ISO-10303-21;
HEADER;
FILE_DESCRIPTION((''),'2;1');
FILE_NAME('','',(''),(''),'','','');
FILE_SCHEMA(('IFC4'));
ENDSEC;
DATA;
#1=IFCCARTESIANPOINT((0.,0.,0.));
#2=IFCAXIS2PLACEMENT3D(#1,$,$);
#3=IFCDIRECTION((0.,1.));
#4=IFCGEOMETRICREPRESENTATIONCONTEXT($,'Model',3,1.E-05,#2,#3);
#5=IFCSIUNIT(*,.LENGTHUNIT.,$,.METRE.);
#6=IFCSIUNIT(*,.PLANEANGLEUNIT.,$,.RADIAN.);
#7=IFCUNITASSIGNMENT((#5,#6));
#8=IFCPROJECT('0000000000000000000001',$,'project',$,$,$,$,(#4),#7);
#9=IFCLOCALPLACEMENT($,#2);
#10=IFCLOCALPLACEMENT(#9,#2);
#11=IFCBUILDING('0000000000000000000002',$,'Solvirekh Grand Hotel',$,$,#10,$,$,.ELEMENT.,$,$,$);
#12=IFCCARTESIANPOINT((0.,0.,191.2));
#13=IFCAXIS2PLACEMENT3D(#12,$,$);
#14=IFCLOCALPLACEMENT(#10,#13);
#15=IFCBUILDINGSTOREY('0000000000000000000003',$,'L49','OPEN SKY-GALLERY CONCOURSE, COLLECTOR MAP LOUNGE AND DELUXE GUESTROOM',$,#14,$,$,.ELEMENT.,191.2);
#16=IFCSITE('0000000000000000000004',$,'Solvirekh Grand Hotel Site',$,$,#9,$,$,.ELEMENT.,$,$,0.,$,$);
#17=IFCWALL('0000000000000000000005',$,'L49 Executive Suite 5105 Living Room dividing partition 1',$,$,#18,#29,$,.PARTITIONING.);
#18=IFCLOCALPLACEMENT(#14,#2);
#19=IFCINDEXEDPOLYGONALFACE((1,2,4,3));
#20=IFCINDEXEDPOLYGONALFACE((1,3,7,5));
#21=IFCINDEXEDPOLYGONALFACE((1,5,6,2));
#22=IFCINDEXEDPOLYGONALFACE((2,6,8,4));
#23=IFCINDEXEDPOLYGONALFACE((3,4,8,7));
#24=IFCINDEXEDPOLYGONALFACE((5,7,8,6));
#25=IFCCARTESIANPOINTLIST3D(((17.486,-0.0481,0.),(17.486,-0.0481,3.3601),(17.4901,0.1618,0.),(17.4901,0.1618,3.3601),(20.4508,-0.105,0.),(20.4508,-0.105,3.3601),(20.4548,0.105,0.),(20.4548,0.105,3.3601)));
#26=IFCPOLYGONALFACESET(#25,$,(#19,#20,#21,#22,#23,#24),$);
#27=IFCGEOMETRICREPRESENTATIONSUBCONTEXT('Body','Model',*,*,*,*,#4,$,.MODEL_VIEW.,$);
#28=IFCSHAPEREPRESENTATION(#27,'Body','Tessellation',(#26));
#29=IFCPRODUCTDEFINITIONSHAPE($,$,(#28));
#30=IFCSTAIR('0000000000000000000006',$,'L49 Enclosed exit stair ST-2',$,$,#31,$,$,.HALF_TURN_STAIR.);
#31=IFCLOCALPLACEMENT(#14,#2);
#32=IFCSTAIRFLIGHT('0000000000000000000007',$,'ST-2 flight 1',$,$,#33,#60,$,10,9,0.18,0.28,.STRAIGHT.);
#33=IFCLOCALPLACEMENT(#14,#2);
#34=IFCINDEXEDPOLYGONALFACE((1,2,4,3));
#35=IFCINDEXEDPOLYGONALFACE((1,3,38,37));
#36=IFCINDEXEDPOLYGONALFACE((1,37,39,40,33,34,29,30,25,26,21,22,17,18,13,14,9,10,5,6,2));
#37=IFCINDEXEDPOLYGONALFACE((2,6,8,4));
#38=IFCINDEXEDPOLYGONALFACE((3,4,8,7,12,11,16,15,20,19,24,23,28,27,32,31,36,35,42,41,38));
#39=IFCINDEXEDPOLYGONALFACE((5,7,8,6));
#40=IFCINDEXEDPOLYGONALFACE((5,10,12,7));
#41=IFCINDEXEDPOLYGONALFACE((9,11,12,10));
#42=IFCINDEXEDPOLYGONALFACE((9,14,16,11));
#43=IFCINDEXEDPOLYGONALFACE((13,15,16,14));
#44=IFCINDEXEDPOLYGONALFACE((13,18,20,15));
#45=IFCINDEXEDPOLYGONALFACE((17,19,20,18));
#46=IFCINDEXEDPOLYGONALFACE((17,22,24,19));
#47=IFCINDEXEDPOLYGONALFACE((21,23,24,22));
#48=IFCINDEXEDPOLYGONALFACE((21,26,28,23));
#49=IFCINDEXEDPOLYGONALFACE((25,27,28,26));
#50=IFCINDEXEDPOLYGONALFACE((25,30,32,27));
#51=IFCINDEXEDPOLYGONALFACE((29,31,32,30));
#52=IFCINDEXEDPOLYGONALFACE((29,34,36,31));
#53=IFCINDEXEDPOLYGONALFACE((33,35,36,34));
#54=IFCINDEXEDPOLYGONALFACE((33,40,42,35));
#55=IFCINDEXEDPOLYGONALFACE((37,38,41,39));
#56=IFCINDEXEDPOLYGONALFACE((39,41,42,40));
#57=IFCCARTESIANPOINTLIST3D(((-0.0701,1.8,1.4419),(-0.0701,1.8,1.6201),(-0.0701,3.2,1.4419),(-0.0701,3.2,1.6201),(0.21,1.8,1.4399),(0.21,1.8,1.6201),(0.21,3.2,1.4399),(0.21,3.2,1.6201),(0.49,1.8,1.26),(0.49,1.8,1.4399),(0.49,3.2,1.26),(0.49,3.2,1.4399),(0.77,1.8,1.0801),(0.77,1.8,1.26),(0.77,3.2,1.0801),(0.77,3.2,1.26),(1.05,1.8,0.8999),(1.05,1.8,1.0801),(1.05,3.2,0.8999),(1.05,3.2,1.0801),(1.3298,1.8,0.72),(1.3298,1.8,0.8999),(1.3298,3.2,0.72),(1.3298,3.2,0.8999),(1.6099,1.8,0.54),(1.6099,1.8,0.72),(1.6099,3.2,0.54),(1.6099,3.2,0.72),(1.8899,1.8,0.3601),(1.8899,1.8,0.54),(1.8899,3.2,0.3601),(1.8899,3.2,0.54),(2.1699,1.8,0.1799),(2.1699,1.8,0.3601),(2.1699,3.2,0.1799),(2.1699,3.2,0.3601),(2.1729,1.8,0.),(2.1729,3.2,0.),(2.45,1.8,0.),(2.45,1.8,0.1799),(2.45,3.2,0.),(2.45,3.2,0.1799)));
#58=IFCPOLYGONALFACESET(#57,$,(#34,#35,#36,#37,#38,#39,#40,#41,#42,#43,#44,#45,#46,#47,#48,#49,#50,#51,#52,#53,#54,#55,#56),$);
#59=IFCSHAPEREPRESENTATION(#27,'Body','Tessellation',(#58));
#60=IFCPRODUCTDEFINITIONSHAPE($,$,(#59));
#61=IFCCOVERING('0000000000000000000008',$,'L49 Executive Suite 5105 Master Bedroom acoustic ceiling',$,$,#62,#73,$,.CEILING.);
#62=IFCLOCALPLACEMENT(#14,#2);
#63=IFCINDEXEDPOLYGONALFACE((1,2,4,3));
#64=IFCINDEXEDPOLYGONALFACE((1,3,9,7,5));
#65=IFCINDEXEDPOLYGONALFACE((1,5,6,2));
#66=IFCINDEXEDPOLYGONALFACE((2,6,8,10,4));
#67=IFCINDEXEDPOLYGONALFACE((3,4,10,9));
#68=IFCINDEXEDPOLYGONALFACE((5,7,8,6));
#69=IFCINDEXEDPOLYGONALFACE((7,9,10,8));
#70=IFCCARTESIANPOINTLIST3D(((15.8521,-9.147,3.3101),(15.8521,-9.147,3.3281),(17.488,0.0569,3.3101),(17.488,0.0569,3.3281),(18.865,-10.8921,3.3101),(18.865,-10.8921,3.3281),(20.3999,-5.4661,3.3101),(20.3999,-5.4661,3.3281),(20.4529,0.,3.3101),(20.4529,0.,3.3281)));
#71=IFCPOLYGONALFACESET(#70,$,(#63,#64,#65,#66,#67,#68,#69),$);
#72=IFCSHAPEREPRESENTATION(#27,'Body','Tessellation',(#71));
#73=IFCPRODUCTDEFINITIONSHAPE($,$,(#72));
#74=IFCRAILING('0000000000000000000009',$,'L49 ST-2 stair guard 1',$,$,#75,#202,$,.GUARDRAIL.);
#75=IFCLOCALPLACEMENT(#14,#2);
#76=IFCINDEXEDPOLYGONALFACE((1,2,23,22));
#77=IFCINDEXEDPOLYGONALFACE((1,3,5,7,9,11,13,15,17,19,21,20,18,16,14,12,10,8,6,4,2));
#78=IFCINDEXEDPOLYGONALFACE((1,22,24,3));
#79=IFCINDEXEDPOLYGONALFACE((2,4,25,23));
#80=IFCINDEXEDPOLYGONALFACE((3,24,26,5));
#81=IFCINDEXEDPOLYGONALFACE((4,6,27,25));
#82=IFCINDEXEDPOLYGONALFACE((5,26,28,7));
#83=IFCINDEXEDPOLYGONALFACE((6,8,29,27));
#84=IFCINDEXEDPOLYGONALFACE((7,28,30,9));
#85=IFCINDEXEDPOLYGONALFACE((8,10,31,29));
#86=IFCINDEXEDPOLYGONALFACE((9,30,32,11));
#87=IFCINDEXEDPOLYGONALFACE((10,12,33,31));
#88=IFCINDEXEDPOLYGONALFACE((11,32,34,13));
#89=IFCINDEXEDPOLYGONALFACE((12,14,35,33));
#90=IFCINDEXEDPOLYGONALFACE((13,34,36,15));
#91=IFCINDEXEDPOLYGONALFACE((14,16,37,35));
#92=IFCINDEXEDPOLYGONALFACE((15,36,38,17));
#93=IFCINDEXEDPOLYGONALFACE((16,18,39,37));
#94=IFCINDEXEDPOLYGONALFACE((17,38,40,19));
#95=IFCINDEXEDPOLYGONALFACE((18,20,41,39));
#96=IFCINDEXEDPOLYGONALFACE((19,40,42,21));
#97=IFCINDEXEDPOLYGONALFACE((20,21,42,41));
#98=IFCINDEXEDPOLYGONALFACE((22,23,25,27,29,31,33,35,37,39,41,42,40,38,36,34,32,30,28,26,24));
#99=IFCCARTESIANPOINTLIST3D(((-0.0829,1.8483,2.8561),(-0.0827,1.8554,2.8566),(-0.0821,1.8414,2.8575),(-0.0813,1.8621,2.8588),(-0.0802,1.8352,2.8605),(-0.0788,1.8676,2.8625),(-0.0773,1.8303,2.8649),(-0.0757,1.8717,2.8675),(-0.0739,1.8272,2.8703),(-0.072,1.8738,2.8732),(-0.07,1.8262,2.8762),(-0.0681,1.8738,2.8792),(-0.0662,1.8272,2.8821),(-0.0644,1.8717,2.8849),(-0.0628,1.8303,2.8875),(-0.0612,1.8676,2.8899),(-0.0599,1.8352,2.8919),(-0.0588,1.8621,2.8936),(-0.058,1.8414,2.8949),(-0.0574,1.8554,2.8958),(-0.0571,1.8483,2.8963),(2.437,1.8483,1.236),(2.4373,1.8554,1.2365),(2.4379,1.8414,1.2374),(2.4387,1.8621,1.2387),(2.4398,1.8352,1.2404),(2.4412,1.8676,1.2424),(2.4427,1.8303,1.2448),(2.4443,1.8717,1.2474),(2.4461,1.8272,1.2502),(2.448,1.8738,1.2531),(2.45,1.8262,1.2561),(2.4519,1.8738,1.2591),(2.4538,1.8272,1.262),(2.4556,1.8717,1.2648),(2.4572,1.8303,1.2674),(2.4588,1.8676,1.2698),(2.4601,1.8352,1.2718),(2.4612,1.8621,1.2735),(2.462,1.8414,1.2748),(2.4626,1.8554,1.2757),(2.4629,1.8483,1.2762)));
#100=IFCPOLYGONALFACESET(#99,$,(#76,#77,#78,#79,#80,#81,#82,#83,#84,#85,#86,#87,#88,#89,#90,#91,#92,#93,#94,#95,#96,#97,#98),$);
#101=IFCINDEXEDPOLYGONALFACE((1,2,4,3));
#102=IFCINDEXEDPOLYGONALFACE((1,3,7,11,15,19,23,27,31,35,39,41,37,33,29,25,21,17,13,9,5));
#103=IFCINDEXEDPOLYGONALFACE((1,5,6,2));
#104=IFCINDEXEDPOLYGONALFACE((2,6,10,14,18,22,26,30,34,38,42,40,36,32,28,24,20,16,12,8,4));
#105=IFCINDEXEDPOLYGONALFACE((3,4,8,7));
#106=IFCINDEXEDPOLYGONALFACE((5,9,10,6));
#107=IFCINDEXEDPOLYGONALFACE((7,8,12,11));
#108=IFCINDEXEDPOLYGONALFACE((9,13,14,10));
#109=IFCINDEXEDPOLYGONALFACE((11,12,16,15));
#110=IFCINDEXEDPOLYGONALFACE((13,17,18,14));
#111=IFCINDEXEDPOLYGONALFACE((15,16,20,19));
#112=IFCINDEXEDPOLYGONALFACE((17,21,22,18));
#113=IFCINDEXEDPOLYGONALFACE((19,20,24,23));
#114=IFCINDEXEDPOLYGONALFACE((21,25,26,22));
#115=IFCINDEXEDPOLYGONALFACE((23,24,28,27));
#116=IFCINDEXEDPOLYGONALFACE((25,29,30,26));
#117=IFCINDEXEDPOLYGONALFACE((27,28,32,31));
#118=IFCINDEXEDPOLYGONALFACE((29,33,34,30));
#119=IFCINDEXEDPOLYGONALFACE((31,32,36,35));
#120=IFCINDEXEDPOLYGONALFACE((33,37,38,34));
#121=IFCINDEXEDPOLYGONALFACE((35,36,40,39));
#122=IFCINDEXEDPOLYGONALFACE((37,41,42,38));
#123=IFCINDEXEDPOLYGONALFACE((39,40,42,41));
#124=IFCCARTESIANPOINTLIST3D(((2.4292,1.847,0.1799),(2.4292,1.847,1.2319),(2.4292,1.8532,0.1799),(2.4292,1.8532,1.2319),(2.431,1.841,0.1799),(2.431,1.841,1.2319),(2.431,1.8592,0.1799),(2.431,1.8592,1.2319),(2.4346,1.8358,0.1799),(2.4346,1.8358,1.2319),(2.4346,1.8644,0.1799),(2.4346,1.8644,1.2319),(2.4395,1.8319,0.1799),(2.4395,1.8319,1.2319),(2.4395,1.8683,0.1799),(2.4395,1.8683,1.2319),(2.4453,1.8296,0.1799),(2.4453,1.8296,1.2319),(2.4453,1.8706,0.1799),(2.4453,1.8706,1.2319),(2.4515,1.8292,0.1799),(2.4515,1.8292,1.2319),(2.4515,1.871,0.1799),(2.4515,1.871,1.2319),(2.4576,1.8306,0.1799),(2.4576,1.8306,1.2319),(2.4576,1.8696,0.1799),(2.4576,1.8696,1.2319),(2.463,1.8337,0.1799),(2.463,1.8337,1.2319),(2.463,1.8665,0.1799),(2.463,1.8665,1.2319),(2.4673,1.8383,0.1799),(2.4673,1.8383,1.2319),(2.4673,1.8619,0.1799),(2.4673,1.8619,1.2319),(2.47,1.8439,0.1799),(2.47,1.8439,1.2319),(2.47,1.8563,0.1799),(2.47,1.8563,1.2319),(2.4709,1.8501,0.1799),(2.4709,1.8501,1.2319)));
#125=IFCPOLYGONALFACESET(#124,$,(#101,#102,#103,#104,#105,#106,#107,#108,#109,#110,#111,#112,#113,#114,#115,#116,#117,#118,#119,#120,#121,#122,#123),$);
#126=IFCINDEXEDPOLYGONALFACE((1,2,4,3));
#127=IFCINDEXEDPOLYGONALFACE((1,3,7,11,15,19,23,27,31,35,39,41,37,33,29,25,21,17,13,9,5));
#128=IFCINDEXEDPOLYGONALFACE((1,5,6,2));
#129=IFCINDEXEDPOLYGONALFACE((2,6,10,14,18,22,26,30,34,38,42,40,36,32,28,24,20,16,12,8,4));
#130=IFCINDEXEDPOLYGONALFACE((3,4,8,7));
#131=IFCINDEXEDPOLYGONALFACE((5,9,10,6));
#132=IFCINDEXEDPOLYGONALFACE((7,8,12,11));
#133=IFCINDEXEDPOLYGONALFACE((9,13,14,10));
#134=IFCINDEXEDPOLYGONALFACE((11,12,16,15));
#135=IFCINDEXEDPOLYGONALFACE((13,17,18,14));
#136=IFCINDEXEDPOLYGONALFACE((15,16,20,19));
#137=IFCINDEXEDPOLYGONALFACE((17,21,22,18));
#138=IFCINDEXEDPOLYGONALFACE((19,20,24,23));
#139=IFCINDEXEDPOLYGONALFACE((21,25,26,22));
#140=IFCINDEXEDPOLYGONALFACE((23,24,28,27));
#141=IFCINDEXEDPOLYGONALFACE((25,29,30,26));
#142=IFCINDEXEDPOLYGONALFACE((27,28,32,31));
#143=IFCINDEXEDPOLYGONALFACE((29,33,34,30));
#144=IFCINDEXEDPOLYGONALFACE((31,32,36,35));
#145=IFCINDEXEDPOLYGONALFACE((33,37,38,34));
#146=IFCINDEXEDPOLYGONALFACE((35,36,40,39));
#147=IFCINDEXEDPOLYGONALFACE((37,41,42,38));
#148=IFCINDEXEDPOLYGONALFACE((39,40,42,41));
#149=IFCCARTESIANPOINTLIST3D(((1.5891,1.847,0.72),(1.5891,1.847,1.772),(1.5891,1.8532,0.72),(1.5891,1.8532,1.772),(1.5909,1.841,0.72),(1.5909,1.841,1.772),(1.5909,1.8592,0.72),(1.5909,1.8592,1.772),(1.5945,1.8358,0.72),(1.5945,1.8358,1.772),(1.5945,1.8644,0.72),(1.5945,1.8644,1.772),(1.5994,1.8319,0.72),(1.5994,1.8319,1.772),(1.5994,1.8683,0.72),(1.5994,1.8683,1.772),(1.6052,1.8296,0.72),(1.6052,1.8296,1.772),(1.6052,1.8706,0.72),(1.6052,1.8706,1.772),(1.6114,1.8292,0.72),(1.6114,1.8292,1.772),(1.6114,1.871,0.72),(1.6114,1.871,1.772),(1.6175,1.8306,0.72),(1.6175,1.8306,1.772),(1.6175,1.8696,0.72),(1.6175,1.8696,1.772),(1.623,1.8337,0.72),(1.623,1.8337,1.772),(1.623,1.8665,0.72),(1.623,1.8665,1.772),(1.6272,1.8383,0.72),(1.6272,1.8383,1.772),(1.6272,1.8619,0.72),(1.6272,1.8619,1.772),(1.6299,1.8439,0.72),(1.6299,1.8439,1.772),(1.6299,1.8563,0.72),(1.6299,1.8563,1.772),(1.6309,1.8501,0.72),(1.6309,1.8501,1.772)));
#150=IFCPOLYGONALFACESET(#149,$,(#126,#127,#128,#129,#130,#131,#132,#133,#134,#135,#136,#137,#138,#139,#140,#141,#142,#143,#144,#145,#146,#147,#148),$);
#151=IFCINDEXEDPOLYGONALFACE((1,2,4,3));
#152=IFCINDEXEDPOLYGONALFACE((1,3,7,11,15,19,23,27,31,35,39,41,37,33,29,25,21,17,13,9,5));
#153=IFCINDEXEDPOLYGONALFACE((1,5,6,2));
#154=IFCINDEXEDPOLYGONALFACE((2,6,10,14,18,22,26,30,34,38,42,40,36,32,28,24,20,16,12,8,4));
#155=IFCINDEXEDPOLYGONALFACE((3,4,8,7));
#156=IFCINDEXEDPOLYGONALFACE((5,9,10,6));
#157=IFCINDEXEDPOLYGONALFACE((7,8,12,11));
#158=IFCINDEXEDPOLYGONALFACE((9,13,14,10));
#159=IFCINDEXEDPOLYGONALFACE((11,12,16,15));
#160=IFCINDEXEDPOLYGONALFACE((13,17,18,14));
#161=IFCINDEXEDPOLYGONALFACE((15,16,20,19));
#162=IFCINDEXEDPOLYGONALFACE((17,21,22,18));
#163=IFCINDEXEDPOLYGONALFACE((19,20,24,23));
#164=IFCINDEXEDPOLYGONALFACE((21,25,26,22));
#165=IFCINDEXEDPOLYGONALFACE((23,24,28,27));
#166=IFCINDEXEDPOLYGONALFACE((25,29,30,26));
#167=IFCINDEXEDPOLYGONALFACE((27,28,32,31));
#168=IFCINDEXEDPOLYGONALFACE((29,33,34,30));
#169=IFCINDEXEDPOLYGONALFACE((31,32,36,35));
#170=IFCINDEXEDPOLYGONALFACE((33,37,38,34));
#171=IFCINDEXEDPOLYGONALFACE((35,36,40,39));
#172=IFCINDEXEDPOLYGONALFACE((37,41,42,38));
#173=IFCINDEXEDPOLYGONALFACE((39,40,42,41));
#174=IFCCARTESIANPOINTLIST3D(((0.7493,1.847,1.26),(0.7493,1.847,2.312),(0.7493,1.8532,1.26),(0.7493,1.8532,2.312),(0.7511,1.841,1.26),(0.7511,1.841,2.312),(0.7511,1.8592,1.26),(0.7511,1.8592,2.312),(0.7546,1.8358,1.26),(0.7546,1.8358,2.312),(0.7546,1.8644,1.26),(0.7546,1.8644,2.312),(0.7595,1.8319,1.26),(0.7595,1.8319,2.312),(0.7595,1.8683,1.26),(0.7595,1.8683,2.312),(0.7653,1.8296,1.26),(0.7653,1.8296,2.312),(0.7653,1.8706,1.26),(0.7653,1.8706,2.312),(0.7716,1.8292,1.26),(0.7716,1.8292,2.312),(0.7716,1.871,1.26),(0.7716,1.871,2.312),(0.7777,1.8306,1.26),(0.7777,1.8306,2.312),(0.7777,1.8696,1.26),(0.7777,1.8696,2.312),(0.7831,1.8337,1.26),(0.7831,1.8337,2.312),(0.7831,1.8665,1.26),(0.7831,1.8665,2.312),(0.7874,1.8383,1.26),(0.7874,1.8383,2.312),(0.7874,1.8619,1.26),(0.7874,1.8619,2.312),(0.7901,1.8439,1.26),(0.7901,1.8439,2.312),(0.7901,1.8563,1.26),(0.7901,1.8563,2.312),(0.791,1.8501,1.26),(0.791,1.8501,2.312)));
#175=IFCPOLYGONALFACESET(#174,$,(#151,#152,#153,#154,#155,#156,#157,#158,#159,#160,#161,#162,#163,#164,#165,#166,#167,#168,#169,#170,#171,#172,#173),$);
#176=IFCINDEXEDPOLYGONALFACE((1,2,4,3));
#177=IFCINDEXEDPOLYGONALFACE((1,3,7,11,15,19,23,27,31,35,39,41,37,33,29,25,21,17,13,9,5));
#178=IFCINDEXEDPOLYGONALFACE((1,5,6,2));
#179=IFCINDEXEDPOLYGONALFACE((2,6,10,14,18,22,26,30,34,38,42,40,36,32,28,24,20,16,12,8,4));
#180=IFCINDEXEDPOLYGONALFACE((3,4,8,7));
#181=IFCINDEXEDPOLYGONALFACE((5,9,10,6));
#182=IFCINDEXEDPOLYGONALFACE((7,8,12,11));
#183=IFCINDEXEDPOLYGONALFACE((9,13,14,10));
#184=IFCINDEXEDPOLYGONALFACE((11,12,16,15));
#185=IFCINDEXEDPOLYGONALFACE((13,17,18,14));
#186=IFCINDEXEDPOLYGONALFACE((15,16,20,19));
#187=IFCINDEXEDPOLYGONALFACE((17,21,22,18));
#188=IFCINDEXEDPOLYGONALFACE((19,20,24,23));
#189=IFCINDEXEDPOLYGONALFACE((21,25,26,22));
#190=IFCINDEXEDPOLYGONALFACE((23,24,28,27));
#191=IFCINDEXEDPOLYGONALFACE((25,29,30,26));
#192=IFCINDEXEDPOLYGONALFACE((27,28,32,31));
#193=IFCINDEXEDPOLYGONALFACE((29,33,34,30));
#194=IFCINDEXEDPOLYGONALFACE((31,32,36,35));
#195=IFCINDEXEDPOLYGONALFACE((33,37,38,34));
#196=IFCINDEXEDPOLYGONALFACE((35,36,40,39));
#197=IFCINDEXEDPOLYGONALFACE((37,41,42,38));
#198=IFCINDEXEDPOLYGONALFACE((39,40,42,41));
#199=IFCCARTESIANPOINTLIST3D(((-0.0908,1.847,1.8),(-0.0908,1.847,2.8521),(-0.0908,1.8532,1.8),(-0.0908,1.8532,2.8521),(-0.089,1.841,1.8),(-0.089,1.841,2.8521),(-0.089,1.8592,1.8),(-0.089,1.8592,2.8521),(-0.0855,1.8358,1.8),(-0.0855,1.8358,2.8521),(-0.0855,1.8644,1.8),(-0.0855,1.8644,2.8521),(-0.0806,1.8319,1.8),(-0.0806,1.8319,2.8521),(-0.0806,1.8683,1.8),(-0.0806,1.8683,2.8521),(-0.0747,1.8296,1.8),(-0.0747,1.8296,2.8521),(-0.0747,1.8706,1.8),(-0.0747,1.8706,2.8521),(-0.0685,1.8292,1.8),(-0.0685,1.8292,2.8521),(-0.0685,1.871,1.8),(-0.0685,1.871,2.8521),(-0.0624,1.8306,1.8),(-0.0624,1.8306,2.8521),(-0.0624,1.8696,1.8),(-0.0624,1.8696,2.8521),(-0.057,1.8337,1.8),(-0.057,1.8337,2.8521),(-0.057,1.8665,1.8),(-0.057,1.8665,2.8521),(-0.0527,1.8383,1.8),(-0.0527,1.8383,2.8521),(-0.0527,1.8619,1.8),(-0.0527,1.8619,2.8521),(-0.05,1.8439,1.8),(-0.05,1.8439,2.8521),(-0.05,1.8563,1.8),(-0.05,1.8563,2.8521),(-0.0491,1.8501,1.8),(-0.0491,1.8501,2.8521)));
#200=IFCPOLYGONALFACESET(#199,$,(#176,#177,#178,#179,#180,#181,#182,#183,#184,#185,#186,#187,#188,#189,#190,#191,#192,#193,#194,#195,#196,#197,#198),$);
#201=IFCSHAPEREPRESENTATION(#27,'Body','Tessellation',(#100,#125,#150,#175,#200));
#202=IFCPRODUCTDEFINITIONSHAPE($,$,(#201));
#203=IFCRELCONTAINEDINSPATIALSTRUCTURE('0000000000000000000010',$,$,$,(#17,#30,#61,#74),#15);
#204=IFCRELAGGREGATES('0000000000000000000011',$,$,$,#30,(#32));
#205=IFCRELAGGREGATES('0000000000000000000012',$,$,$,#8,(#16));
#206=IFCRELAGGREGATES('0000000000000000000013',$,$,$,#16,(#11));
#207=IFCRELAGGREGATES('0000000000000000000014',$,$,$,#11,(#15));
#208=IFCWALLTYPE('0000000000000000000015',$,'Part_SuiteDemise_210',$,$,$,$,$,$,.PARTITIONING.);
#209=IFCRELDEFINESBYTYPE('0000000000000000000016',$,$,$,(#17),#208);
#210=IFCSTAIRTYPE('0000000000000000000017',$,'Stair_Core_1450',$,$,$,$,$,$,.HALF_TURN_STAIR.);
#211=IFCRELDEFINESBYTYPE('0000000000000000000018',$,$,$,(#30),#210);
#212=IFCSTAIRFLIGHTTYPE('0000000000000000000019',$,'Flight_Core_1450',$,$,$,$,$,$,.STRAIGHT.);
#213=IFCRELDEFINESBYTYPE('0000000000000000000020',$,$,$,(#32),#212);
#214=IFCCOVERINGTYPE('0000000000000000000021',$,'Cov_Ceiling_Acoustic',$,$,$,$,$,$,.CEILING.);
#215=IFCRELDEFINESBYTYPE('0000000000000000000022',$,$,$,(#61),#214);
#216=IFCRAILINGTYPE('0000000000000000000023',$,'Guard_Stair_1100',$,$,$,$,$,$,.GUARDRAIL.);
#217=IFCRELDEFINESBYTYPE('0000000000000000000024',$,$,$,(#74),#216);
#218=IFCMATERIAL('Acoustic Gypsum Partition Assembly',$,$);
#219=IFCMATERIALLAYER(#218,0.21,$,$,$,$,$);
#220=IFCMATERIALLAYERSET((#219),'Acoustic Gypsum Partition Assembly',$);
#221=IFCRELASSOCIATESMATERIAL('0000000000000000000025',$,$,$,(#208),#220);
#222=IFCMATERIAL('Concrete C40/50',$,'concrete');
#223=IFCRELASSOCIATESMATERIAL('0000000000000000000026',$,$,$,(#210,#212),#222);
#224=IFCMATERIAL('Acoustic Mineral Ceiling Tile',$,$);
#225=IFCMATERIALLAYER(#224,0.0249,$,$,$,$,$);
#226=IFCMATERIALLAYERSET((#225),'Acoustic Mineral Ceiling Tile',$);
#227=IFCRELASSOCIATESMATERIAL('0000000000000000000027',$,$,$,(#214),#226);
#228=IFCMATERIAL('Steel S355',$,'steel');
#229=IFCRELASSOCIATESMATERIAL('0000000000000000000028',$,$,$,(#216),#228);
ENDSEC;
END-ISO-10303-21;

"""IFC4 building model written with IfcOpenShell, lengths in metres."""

from ifc_helpers import new_model, si_unit, direction, frame, frame_2d, origin, origin_2d, place, context, subcontext, project, spatial, polyline, rectangle, circle, outline, extrude, material, layer, layer_set, type_object, element, aggregate, save


model = new_model("IFC4")

# Units and contexts
model_context = context("Model", 3, precision=1e-05, world=origin(), true_north=direction((0.0, 1.0)))
body_context = subcontext(model_context, "Body", "Model", "MODEL_VIEW")
ifc_project = project(units=[si_unit("LENGTHUNIT", "METRE"), si_unit("PLANEANGLEUNIT", "RADIAN")], contexts=[model_context])

# Site, building, storey
site_placement = place(None, origin())
site = spatial("IfcSite", under=ifc_project, at=site_placement, Name="Solvirekh Grand Hotel Site", CompositionType="ELEMENT", RefElevation=0.0)
building_placement = place(site_placement, origin())
building = spatial("IfcBuilding", under=site, at=building_placement, Name="Solvirekh Grand Hotel", CompositionType="ELEMENT")
storey_placement = place(building_placement, frame((0.0, 0.0, 191.2)))
storey = spatial("IfcBuildingStorey", under=building, at=storey_placement, Name="L49", Description="OPEN SKY-GALLERY CONCOURSE, COLLECTOR MAP LOUNGE AND DELUXE GUESTROOM", CompositionType="ELEMENT", Elevation=191.2)

# Shared definitions
ifc_material_1 = material(Name="Steel S355", Category="steel")

# Shared definitions
ifc_material_2 = material(Name="Concrete C40/50", Category="concrete")

# Shared definitions
ifc_material_3 = material(Name="Acoustic Gypsum Partition Assembly")

# Wall
ifc_layer_1 = layer(ifc_material_3, 0.21)
ifc_layer_set_1 = layer_set([ifc_layer_1], Name="Acoustic Gypsum Partition Assembly")
wall_type_1 = type_object("IfcWallType", Name="Part_SuiteDemise_210", PredefinedType="PARTITIONING", material=ifc_layer_set_1)
wall_1_placement = place(storey_placement, frame((17.488, 0.0569, 0.0), z_axis=(0.0, 0.0, 1.0), x_axis=(0.999816, -0.019183, 0.0)))
element("IfcWall", 1, at=wall_1_placement, inside=storey, type_object=wall_type_1, Name="L49 Executive Suite 5105 Living Room dividing partition 1", PredefinedType="PARTITIONING", context=body_context, shape_type="SweptSolid", body=[
    extrude(rectangle(XDim=2.9653, YDim=0.21, at=frame_2d((1.4827, 0.0))), origin(), (0.0, 0.0, 1.0), 3.3601),
])

# Stair, stair flight
stair_type = type_object("IfcStairType", Name="Stair_Core_1450", PredefinedType="HALF_TURN_STAIR", material=ifc_material_2)
stair_placement = place(storey_placement, origin())
stair = element("IfcStair", 2, at=stair_placement, inside=storey, type_object=stair_type, Name="L49 Enclosed exit stair ST-2", PredefinedType="HALF_TURN_STAIR")
stair_flight_type = type_object("IfcStairFlightType", Name="Flight_Core_1450", PredefinedType="STRAIGHT", material=ifc_material_2)
stair_flight_placement = place(storey_placement, frame((2.45, 2.5, 0.0), z_axis=(0.0, 0.0, 1.0), x_axis=(-1.0, 0.0, 0.0)))
stair_flight = element("IfcStairFlight", 3, at=stair_flight_placement, type_object=stair_flight_type, Name="ST-2 flight 1", NumberOfRisers=10, NumberOfTreads=9, PredefinedType="STRAIGHT", RiserHeight=0.18, TreadLength=0.28, context=body_context, shape_type="SweptSolid", body=[
    extrude(outline(polyline([(0.0, 0.0), (0.0, 0.1799), (0.28, 0.1799), (0.28, 0.3601), (0.5601, 0.3601), (0.5601, 0.54), (0.8401, 0.54), (0.8401, 0.72), (1.1201, 0.72), (1.1201, 0.8999), (1.3999, 0.8999), (1.3999, 1.0801), (1.6799, 1.0801), (1.6799, 1.26), (1.96, 1.26), (1.96, 1.4399), (2.24, 1.4399), (2.24, 1.6201), (2.52, 1.6201), (2.52, 1.8), (2.52, 1.4419), (0.2771, 0.0), (0.0, 0.0)])), frame((0.0, 0.7, 0.0), z_axis=(0.0, -1.0, 0.0), x_axis=(1.0, 0.0, 0.0)), (0.0, 0.0, 1.0), 1.3999),
])
aggregate(stair, [stair_flight])

# Covering
ifc_material_4 = material(Name="Acoustic Mineral Ceiling Tile")
ifc_layer_2 = layer(ifc_material_4, 0.0249)
ifc_layer_set_2 = layer_set([ifc_layer_2], Name="Acoustic Mineral Ceiling Tile")
covering_type = type_object("IfcCoveringType", Name="Cov_Ceiling_Acoustic", PredefinedType="CEILING", material=ifc_layer_set_2)
covering_placement = place(storey_placement, frame((0.0, 0.0, 3.3101)))
element("IfcCovering", 4, at=covering_placement, inside=storey, type_object=covering_type, Name="L49 Executive Suite 5105 Master Bedroom acoustic ceiling", PredefinedType="CEILING", context=body_context, shape_type="SweptSolid", body=[
    extrude(outline(polyline([(18.865, -10.8921), (20.3999, -5.4661), (20.4529, 0.0), (17.488, 0.0569), (15.8521, -9.147), (18.865, -10.8921)])), origin(), (0.0, 0.0, 1.0), 0.0181),
])

# Railing
railing_type_1 = type_object("IfcRailingType", Name="Guard_Stair_1100", PredefinedType="GUARDRAIL", material=ifc_material_1)
railing_1_placement = place(storey_placement, frame((2.45, 1.8501, 0.1799)))
element("IfcRailing", 5, at=railing_1_placement, inside=storey, type_object=railing_type_1, Name="L49 ST-2 stair guard 1", PredefinedType="GUARDRAIL", context=body_context, shape_type="SweptSolid", body=[
    extrude(circle(Radius=0.0239, at=origin_2d()), frame((0.0, 0.0, 1.0762), z_axis=(-0.841163, 0.0, 0.540782), x_axis=(0.0, -1.0, 0.0)), (0.0, 0.0, 1.0), 2.9958),
    extrude(circle(Radius=0.021, at=origin_2d()), origin(), (0.0, 0.0, 1.0), 1.052),
    extrude(circle(Radius=0.021, at=origin_2d()), frame((-0.8401, 0.0, 0.54)), (0.0, 0.0, 1.0), 1.052),
    extrude(circle(Radius=0.021, at=origin_2d()), frame((-1.6799, 0.0, 1.0801)), (0.0, 0.0, 1.0), 1.052),
    extrude(circle(Radius=0.021, at=origin_2d()), frame((-2.52, 0.0, 1.6201)), (0.0, 0.0, 1.0), 1.052),
])

save(model, "model.ifc")
